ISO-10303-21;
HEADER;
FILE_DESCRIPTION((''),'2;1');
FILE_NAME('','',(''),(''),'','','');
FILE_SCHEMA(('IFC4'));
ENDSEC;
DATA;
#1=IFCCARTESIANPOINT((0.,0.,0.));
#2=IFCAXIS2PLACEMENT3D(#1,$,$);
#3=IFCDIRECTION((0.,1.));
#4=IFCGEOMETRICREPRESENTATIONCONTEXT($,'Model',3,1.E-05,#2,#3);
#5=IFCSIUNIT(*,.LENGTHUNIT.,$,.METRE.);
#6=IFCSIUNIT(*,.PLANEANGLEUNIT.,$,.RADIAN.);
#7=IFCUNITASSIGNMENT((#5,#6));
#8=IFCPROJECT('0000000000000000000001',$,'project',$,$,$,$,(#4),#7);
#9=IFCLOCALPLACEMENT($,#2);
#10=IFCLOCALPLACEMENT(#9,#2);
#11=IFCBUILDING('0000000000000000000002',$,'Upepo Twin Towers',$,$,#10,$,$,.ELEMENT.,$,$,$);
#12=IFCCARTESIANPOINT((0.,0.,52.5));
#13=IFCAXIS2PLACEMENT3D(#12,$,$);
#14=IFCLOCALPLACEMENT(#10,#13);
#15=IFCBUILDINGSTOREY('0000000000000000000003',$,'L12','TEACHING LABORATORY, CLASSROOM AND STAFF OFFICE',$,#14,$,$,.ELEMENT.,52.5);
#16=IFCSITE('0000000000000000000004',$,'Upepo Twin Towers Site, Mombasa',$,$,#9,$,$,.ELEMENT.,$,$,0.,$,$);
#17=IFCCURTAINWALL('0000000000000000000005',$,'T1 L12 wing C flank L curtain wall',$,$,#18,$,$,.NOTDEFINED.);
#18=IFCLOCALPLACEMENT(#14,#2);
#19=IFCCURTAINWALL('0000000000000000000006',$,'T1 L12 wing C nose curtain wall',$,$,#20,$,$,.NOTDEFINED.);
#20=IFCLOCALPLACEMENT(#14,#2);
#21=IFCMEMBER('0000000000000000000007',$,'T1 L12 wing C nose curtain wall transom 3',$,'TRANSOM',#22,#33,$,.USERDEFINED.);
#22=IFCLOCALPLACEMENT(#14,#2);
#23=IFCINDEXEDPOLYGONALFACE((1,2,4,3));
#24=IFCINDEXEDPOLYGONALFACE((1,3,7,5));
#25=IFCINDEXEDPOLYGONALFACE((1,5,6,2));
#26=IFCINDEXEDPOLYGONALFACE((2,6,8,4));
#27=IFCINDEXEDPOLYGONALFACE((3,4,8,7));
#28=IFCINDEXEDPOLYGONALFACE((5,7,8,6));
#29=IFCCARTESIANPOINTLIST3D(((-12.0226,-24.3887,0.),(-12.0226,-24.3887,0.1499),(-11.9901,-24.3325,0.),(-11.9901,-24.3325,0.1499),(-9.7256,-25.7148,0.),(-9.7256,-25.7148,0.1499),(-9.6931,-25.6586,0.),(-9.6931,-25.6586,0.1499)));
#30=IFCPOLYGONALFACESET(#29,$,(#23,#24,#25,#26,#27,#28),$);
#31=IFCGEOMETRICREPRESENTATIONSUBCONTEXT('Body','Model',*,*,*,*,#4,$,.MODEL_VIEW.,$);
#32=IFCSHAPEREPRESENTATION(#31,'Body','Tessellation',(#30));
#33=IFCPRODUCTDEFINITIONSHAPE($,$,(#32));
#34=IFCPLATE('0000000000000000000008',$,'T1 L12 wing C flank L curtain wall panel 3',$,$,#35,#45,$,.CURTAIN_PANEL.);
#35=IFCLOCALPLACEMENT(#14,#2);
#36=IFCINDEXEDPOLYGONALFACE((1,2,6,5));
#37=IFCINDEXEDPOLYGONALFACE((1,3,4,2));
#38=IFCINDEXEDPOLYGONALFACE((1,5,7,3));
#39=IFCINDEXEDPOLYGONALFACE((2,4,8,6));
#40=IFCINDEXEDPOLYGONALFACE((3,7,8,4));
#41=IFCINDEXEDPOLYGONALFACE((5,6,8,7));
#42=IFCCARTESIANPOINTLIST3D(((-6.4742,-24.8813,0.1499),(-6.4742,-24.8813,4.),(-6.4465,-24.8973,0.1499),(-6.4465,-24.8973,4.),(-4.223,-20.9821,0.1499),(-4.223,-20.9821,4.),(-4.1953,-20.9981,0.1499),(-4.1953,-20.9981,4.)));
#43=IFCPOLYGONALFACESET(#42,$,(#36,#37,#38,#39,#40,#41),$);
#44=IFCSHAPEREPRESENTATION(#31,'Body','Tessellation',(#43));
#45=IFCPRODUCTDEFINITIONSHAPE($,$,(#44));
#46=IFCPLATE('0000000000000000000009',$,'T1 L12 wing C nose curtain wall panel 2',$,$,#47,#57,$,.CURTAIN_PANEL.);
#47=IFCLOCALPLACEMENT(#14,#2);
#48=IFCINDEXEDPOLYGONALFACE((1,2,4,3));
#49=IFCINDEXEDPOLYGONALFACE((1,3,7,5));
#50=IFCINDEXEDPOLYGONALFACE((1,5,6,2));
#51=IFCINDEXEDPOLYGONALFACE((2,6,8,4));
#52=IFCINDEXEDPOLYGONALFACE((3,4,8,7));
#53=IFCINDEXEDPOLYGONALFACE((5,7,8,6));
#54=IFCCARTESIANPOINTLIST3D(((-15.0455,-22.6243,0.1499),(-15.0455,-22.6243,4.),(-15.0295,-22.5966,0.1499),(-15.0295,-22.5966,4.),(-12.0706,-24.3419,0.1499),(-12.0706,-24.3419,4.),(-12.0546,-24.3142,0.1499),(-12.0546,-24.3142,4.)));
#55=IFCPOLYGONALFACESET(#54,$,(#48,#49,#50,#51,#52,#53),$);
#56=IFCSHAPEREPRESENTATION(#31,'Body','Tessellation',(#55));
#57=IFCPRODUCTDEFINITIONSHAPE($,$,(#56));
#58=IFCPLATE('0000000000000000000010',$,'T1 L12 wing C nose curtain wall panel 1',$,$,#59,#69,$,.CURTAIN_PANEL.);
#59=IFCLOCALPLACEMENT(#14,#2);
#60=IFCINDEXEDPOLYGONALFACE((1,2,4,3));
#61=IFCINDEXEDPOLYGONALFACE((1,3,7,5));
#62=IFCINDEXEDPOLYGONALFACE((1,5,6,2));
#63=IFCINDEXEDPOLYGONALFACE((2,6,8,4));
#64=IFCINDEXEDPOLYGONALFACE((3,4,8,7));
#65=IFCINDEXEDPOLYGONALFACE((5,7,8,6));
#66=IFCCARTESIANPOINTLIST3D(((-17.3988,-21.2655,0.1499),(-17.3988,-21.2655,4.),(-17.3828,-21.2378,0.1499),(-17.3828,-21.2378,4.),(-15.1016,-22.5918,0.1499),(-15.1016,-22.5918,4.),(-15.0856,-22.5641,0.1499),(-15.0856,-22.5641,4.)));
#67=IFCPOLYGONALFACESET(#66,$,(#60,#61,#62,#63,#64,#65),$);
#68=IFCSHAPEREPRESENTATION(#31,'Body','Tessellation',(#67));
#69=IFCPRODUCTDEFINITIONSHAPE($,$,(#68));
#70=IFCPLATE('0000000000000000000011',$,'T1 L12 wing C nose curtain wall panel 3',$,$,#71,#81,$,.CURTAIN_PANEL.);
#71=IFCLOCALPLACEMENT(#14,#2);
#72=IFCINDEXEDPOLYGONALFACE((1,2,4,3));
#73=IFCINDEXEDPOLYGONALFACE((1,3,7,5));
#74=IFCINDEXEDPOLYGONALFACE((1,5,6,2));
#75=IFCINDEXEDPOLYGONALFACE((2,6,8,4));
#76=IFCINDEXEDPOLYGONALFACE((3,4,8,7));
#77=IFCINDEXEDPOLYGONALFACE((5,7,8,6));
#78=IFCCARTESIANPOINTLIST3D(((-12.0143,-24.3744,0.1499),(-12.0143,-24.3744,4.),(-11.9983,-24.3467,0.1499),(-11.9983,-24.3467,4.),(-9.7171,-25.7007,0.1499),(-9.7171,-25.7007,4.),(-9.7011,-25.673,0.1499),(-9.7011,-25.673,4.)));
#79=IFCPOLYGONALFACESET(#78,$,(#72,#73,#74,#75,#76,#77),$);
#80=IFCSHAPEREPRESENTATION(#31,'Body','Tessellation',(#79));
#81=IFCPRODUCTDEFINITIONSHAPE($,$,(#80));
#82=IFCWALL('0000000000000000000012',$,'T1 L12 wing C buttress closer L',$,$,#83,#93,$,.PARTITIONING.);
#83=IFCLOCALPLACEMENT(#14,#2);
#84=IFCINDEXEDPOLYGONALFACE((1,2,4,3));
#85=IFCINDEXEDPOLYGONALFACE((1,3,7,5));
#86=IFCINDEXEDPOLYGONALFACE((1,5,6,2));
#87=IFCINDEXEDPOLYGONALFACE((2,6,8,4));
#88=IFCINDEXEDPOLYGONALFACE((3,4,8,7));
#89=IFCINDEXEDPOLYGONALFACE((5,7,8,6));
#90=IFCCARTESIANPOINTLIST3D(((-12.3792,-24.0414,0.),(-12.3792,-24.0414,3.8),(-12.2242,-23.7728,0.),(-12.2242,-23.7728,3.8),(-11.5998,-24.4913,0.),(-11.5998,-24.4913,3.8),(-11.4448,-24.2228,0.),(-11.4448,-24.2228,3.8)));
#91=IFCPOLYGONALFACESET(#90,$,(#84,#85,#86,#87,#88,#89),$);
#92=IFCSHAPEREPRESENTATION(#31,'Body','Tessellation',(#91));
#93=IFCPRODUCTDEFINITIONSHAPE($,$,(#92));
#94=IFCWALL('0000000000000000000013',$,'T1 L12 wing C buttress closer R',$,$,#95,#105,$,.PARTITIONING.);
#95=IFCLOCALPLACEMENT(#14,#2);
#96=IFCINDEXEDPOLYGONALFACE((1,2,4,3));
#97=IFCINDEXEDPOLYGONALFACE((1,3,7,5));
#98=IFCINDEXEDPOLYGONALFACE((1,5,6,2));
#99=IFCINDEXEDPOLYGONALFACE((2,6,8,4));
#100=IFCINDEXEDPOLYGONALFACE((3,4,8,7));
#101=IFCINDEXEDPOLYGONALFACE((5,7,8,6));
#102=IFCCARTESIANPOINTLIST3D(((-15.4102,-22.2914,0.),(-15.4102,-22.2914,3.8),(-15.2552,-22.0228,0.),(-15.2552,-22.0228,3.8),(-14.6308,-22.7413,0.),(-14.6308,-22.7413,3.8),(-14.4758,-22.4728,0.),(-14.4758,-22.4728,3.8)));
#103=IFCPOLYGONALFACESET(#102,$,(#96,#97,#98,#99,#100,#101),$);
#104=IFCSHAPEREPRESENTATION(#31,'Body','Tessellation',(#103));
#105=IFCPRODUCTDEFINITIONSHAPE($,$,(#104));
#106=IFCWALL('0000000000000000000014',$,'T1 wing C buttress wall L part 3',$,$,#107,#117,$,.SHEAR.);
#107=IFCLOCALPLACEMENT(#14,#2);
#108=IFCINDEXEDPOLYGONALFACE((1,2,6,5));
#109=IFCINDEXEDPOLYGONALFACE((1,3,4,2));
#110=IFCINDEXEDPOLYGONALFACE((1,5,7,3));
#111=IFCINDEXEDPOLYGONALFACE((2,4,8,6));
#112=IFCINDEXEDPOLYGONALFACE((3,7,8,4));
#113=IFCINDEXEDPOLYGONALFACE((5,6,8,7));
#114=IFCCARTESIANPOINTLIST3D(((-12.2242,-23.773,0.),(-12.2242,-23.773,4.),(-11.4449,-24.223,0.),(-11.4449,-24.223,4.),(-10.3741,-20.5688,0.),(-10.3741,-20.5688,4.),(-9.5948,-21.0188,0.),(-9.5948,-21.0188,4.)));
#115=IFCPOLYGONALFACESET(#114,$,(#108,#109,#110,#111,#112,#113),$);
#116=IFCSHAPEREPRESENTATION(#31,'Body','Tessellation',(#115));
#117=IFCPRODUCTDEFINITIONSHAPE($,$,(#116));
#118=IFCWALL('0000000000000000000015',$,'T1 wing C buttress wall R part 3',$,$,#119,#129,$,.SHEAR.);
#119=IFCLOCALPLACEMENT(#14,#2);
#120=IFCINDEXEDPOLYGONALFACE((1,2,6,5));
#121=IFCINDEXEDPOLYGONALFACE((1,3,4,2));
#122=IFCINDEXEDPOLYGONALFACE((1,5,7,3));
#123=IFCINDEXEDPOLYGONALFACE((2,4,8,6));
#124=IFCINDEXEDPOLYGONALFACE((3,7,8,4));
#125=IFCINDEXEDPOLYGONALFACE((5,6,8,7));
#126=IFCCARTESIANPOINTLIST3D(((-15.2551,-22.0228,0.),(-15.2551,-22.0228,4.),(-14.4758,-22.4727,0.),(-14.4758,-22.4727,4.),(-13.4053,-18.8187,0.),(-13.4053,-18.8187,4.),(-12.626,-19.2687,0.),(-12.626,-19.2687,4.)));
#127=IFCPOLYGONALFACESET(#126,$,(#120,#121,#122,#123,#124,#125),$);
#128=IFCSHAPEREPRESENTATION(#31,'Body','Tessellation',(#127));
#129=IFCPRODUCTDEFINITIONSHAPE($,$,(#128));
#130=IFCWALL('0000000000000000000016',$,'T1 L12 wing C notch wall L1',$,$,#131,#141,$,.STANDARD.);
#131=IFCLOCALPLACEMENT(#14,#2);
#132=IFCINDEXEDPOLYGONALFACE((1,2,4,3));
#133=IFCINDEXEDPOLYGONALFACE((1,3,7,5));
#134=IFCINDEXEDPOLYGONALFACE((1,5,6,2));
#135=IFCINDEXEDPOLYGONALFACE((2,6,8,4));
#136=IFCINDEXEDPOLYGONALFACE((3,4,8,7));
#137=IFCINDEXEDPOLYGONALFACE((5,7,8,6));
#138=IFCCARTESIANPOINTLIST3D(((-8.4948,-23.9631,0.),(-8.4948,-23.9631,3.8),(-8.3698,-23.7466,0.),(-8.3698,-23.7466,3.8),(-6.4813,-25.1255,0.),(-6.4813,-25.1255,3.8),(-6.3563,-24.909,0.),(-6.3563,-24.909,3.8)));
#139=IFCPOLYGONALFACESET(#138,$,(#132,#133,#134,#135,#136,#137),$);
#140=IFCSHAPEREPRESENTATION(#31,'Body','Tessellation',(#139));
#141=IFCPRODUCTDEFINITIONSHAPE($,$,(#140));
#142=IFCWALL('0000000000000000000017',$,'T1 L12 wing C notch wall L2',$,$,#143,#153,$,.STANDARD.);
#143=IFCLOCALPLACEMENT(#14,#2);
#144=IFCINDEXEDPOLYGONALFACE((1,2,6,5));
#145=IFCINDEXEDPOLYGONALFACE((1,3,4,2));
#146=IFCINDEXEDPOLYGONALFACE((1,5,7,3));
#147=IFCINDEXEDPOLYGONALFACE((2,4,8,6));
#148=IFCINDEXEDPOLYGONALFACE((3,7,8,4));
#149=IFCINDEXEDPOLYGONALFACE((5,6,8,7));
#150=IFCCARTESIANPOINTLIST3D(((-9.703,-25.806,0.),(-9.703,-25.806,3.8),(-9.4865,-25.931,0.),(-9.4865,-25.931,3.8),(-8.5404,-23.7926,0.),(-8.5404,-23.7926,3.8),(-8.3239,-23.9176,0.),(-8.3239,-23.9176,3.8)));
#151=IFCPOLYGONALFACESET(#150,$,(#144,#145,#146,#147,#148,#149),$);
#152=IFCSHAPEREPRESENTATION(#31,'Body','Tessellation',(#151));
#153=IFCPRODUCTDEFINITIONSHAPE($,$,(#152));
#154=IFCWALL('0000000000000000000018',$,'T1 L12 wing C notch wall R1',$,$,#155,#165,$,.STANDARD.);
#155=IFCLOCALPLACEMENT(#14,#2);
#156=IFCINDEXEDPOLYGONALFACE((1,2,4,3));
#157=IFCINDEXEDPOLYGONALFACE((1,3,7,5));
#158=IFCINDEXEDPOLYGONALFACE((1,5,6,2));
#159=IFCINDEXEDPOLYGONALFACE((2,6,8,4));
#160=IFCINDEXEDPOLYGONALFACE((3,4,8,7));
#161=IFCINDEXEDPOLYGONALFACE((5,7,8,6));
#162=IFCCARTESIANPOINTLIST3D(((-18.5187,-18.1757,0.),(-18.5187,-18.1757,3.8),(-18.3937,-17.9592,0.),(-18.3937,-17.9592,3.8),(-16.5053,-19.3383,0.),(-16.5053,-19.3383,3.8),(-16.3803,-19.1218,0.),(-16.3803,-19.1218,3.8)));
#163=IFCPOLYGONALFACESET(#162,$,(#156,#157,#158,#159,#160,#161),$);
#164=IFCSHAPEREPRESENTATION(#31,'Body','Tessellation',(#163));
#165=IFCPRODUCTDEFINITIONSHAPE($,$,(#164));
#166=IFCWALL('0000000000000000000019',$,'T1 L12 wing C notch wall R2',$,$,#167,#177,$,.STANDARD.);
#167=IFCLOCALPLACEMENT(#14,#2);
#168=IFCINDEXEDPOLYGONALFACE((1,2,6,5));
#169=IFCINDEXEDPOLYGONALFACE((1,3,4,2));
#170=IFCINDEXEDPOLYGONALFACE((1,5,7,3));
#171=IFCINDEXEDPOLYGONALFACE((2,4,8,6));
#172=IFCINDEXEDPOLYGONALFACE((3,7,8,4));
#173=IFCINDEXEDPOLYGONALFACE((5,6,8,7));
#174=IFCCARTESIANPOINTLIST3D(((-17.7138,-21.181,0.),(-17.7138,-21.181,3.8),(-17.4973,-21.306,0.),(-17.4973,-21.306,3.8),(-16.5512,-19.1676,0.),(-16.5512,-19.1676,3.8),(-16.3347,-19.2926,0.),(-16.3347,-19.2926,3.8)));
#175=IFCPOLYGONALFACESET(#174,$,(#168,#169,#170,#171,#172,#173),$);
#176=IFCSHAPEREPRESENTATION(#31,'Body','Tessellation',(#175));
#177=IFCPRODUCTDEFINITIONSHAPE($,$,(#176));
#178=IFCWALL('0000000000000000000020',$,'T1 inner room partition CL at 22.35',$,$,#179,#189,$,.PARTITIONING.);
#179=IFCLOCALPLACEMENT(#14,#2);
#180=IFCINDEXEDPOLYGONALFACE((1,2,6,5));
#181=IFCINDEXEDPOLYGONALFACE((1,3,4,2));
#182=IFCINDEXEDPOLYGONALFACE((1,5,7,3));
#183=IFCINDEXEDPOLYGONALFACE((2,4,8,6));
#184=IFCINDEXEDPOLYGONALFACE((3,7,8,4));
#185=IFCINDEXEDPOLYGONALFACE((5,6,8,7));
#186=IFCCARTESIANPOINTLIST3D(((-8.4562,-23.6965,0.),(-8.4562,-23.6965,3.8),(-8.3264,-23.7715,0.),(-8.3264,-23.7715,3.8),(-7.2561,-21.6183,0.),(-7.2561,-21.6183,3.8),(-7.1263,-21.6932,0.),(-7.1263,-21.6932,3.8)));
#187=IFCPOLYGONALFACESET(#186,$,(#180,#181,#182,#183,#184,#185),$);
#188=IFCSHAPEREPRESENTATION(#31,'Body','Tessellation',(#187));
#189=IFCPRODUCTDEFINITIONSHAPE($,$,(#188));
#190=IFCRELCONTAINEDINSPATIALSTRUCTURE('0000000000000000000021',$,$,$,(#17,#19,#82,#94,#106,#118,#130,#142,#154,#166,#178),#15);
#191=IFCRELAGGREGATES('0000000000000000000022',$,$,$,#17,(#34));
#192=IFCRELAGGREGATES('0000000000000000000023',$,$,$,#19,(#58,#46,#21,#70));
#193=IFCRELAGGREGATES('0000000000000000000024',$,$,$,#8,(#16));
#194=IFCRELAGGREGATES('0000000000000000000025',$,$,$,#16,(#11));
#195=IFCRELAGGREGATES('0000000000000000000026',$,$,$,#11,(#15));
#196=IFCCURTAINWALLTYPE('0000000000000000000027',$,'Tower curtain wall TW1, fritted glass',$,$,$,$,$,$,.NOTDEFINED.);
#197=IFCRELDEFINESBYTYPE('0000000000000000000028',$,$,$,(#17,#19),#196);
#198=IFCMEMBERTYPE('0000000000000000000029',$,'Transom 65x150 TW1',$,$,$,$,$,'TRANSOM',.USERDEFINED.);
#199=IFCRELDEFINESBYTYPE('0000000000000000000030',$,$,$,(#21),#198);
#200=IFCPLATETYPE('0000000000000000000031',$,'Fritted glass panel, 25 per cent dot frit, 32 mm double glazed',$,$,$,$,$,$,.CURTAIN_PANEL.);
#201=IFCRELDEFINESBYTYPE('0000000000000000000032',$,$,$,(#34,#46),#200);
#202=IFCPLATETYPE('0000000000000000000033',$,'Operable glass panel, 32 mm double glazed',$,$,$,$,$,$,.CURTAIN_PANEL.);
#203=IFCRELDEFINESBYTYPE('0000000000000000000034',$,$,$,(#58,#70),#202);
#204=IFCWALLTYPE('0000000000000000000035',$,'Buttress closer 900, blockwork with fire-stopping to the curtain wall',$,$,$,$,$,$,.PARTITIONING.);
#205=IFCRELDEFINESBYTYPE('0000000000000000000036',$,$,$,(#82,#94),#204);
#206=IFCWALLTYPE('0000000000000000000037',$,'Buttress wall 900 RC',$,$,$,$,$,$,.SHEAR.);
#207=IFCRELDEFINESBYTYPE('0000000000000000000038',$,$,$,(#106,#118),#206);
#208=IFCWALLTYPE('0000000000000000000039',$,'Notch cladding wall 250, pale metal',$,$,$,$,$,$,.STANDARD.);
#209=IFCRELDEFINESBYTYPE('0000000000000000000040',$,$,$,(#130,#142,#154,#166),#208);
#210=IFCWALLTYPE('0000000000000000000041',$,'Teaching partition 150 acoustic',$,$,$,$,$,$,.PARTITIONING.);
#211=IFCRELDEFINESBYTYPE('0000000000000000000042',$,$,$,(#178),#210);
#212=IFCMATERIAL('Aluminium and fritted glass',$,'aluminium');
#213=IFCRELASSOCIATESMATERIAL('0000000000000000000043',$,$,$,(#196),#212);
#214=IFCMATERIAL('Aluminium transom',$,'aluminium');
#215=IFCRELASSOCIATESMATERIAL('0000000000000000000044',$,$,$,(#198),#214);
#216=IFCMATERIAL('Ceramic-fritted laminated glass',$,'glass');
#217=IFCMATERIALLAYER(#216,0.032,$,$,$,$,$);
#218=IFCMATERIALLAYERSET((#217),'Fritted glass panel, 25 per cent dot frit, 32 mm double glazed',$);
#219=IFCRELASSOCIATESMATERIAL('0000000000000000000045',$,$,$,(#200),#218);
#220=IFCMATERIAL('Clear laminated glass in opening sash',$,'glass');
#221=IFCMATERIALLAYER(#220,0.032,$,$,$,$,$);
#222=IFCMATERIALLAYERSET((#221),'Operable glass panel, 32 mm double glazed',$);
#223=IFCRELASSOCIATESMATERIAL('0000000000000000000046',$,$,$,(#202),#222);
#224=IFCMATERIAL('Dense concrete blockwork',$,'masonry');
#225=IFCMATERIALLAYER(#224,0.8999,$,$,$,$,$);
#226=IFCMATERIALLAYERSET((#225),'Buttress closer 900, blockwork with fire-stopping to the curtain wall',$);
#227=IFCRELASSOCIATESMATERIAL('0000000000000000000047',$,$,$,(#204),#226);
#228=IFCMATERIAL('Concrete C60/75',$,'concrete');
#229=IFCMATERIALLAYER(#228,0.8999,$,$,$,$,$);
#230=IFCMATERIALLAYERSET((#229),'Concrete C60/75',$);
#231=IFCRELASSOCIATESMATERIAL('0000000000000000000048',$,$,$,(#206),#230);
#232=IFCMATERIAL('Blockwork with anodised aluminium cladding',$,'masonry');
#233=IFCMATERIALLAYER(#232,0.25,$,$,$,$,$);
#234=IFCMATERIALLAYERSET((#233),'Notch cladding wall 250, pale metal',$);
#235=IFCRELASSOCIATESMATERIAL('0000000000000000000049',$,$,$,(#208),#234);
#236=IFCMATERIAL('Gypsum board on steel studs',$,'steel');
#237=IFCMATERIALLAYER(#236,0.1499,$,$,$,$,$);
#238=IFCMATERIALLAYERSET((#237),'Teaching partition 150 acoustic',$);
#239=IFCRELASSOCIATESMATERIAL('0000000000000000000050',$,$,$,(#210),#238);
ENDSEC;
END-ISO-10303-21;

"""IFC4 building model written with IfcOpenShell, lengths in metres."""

from ifc_helpers import new_model, si_unit, direction, frame, frame_2d, origin, origin_2d, place, context, subcontext, project, spatial, rectangle, extrude, material, layer, layer_set, material_profile, profile_set, type_object, element, aggregate, save


model = new_model("IFC4")

# Units and contexts
model_context = context("Model", 3, precision=1e-05, world=origin(), true_north=direction((0.0, 1.0)))
body_context = subcontext(model_context, "Body", "Model", "MODEL_VIEW")
ifc_project = project(units=[si_unit("LENGTHUNIT", "METRE"), si_unit("PLANEANGLEUNIT", "RADIAN")], contexts=[model_context])

# Site, building, storey
site_placement = place(None, origin())
site = spatial("IfcSite", under=ifc_project, at=site_placement, Name="Upepo Twin Towers Site, Mombasa", CompositionType="ELEMENT", RefElevation=0.0)
building_placement = place(site_placement, origin())
building = spatial("IfcBuilding", under=site, at=building_placement, Name="Upepo Twin Towers", CompositionType="ELEMENT")
storey_placement = place(building_placement, frame((0.0, 0.0, 52.5)))
storey = spatial("IfcBuildingStorey", under=building, at=storey_placement, Name="L12", Description="TEACHING LABORATORY, CLASSROOM AND STAFF OFFICE", CompositionType="ELEMENT", Elevation=52.5)

# Curtain wall
ifc_material_1 = material(Name="Aluminium and fritted glass", Category="aluminium")
curtain_wall_type = type_object("IfcCurtainWallType", Name="Tower curtain wall TW1, fritted glass", PredefinedType="NOTDEFINED", material=ifc_material_1)
curtain_wall_1_placement = place(storey_placement, origin())
curtain_wall_1 = element("IfcCurtainWall", 1, at=curtain_wall_1_placement, inside=storey, type_object=curtain_wall_type, Name="T1 L12 wing C flank L curtain wall", PredefinedType="NOTDEFINED")

# Curtain wall
curtain_wall_2_placement = place(storey_placement, origin())
curtain_wall_2 = element("IfcCurtainWall", 2, at=curtain_wall_2_placement, inside=storey, type_object=curtain_wall_type, Name="T1 L12 wing C nose curtain wall", PredefinedType="NOTDEFINED")

# Member
ifc_material_2 = material(Name="Aluminium transom", Category="aluminium")
ifc_material_profile_1 = material_profile(ifc_material_2, rectangle(XDim=0.0649, YDim=0.1499, at=origin_2d()), Name="TRANSOM 65x150")
ifc_profile_set_1 = profile_set([ifc_material_profile_1], Name="Aluminium transom")
member_type_1 = type_object("IfcMemberType", Name="Transom 65x150 TW1", ElementType="TRANSOM", PredefinedType="USERDEFINED", material=ifc_profile_set_1)
member_1_placement = place(storey_placement, frame((-12.0063, -24.3606, 0.075), z_axis=(0.866037, -0.49998, 0.0), x_axis=(0.49998, 0.866037, 0.0)))
member_1 = element("IfcMember", 3, at=member_1_placement, type_object=member_type_1, Name="T1 L12 wing C nose curtain wall transom 3", ObjectType="TRANSOM", PredefinedType="USERDEFINED", context=body_context, shape_type="SweptSolid", body=[
    extrude(rectangle(XDim=0.0649, YDim=0.1499, at=origin_2d()), origin(), (0.0, 0.0, 1.0), 2.6523),
])

# Plates
ifc_material_3 = material(Name="Ceramic-fritted laminated glass", Category="glass")
ifc_layer_1 = layer(ifc_material_3, 0.032)
ifc_layer_set_1 = layer_set([ifc_layer_1], Name="Fritted glass panel, 25 per cent dot frit, 32 mm double glazed")
plate_type_1 = type_object("IfcPlateType", Name="Fritted glass panel, 25 per cent dot frit, 32 mm double glazed", PredefinedType="CURTAIN_PANEL", material=ifc_layer_set_1)
plate_1_placement = place(storey_placement, frame((-5.3347, -22.9397, 0.1499), z_axis=(0.0, 0.0, 1.0), x_axis=(-0.5, -0.866025, 0.0)))
plate_1 = element("IfcPlate", 4, at=plate_1_placement, type_object=plate_type_1, Name="T1 L12 wing C flank L curtain wall panel 3", PredefinedType="CURTAIN_PANEL", context=body_context, shape_type="SweptSolid", body=[
    extrude(rectangle(XDim=4.5024, YDim=0.032, at=origin_2d()), origin(), (0.0, 0.0, 1.0), 3.8501),
])
aggregate(curtain_wall_1, [plate_1])
plate_2_placement = place(storey_placement, frame((-13.55, -23.4692, 0.1499), z_axis=(0.0, 0.0, 1.0), x_axis=(0.866025, -0.5, 0.0)))
plate_2 = element("IfcPlate", 5, at=plate_2_placement, type_object=plate_type_1, Name="T1 L12 wing C nose curtain wall panel 2", PredefinedType="CURTAIN_PANEL", context=body_context, shape_type="SweptSolid", body=[
    extrude(rectangle(XDim=3.4351, YDim=0.032, at=origin_2d()), origin(), (0.0, 0.0, 1.0), 3.8501),
])
ifc_material_4 = material(Name="Clear laminated glass in opening sash", Category="glass")
ifc_layer_2 = layer(ifc_material_4, 0.032)
ifc_layer_set_2 = layer_set([ifc_layer_2], Name="Operable glass panel, 32 mm double glazed")
plate_type_2 = type_object("IfcPlateType", Name="Operable glass panel, 32 mm double glazed", PredefinedType="CURTAIN_PANEL", material=ifc_layer_set_2)
plate_3_placement = place(storey_placement, frame((-16.2422, -21.9148, 0.1499), z_axis=(0.0, 0.0, 1.0), x_axis=(0.866025, -0.5, 0.0)))
plate_3 = element("IfcPlate", 6, at=plate_3_placement, type_object=plate_type_2, Name="T1 L12 wing C nose curtain wall panel 1", PredefinedType="CURTAIN_PANEL", context=body_context, shape_type="SweptSolid", body=[
    extrude(rectangle(XDim=2.6526, YDim=0.032, at=origin_2d()), origin(), (0.0, 0.0, 1.0), 3.8501),
])
plate_4_placement = place(storey_placement, frame((-10.8577, -25.0237, 0.1499), z_axis=(0.0, 0.0, 1.0), x_axis=(0.866025, -0.5, 0.0)))
plate_4 = element("IfcPlate", 7, at=plate_4_placement, type_object=plate_type_2, Name="T1 L12 wing C nose curtain wall panel 3", PredefinedType="CURTAIN_PANEL", context=body_context, shape_type="SweptSolid", body=[
    extrude(rectangle(XDim=2.6526, YDim=0.032, at=origin_2d()), origin(), (0.0, 0.0, 1.0), 3.8501),
])
aggregate(curtain_wall_2, [plate_3, plate_2, member_1, plate_4])

# Walls
ifc_material_5 = material(Name="Dense concrete blockwork", Category="masonry")
ifc_layer_3 = layer(ifc_material_5, 0.8999)
ifc_layer_set_3 = layer_set([ifc_layer_3], Name="Buttress closer 900, blockwork with fire-stopping to the curtain wall")
wall_type_1 = type_object("IfcWallType", Name="Buttress closer 900, blockwork with fire-stopping to the curtain wall", PredefinedType="PARTITIONING", material=ifc_layer_set_3)
for number, where, z_axis, x_axis, name in (
    (8, (-11.8345, -23.9978, 0.0), (0.0, 0.0, 1.0), (-0.49995, -0.866054, 0.0), "T1 L12 wing C buttress closer L"),
    (9, (-14.8655, -22.2478, 0.0), (0.0, 0.0, 1.0), (-0.49995, -0.866054, 0.0), "T1 L12 wing C buttress closer R"),
):
    element("IfcWall", number, at=place(storey_placement, frame(where, z_axis=z_axis, x_axis=x_axis)), inside=storey, type_object=wall_type_1, Name=name, PredefinedType="PARTITIONING", context=body_context, shape_type="SweptSolid", body=[
        extrude(rectangle(XDim=0.3101, YDim=0.8999, at=frame_2d((0.155, 0.0))), origin(), (0.0, 0.0, 1.0), 3.8),
    ])
ifc_material_6 = material(Name="Concrete C60/75", Category="concrete")
ifc_layer_4 = layer(ifc_material_6, 0.8999)
ifc_layer_set_4 = layer_set([ifc_layer_4], Name="Concrete C60/75")
wall_type_2 = type_object("IfcWallType", Name="Buttress wall 900 RC", PredefinedType="SHEAR", material=ifc_layer_set_4)
wall_1_placement = place(storey_placement, frame((-9.9844, -20.7937, 0.0), z_axis=(0.0, 0.0, 1.0), x_axis=(-0.500042, -0.866001, 0.0)))
element("IfcWall", 10, at=wall_1_placement, inside=storey, type_object=wall_type_2, Name="T1 wing C buttress wall L part 3", PredefinedType="SHEAR", context=body_context, shape_type="SweptSolid", body=[
    extrude(rectangle(XDim=3.7, YDim=0.8999, at=frame_2d((1.8501, 0.0))), origin(), (0.0, 0.0, 1.0), 4.0),
])
wall_2_placement = place(storey_placement, frame((-13.0156, -19.0437, 0.0), z_axis=(0.0, 0.0, 1.0), x_axis=(-0.499993, -0.86603, 0.0)))
element("IfcWall", 11, at=wall_2_placement, inside=storey, type_object=wall_type_2, Name="T1 wing C buttress wall R part 3", PredefinedType="SHEAR", context=body_context, shape_type="SweptSolid", body=[
    extrude(rectangle(XDim=3.6997, YDim=0.8999, at=frame_2d((1.8499, 0.0))), origin(), (0.0, 0.0, 1.0), 4.0),
])
ifc_material_7 = material(Name="Blockwork with anodised aluminium cladding", Category="masonry")
ifc_layer_5 = layer(ifc_material_7, 0.25)
ifc_layer_set_5 = layer_set([ifc_layer_5], Name="Notch cladding wall 250, pale metal")
wall_type_3 = type_object("IfcWallType", Name="Notch cladding wall 250, pale metal", PredefinedType="STANDARD", material=ifc_layer_set_5)
for number, where, z_axis, x_axis, name in (
    (12, (-6.4187, -25.0173, 0.0), (0.0, 0.0, 1.0), (-0.866044, 0.499968, 0.0), "T1 L12 wing C notch wall L1"),
    (13, (-8.4321, -23.855, 0.0), (0.0, 0.0, 1.0), (-0.500047, -0.865998, 0.0), "T1 L12 wing C notch wall L2"),
    (14, (-18.4563, -18.0674, 0.0), (0.0, 0.0, 1.0), (0.865998, -0.500047, 0.0), "T1 L12 wing C notch wall R1"),
    (15, (-16.4429, -19.23, 0.0), (0.0, 0.0, 1.0), (-0.500047, -0.865998, 0.0), "T1 L12 wing C notch wall R2"),
):
    element("IfcWall", number, at=place(storey_placement, frame(where, z_axis=z_axis, x_axis=x_axis)), inside=storey, type_object=wall_type_3, Name=name, PredefinedType="STANDARD", context=body_context, shape_type="SweptSolid", body=[
        extrude(rectangle(XDim=2.325, YDim=0.25, at=frame_2d((1.1626, 0.0))), origin(), (0.0, 0.0, 1.0), 3.8),
    ])
ifc_material_8 = material(Name="Gypsum board on steel studs", Category="steel")
ifc_layer_6 = layer(ifc_material_8, 0.1499)
ifc_layer_set_6 = layer_set([ifc_layer_6], Name="Teaching partition 150 acoustic")
wall_type_4 = type_object("IfcWallType", Name="Teaching partition 150 acoustic", PredefinedType="PARTITIONING", material=ifc_layer_set_6)
wall_3_placement = place(storey_placement, frame((-7.1912, -21.6558, 0.0), z_axis=(0.0, 0.0, 1.0), x_axis=(-0.500078, -0.865981, 0.0)))
element("IfcWall", 16, at=wall_3_placement, inside=storey, type_object=wall_type_4, Name="T1 inner room partition CL at 22.35", PredefinedType="PARTITIONING", context=body_context, shape_type="SweptSolid", body=[
    extrude(rectangle(XDim=2.3999, YDim=0.1499, at=frame_2d((1.2, 0.0))), origin(), (0.0, 0.0, 1.0), 3.8),
])

save(model, "model.ifc")
